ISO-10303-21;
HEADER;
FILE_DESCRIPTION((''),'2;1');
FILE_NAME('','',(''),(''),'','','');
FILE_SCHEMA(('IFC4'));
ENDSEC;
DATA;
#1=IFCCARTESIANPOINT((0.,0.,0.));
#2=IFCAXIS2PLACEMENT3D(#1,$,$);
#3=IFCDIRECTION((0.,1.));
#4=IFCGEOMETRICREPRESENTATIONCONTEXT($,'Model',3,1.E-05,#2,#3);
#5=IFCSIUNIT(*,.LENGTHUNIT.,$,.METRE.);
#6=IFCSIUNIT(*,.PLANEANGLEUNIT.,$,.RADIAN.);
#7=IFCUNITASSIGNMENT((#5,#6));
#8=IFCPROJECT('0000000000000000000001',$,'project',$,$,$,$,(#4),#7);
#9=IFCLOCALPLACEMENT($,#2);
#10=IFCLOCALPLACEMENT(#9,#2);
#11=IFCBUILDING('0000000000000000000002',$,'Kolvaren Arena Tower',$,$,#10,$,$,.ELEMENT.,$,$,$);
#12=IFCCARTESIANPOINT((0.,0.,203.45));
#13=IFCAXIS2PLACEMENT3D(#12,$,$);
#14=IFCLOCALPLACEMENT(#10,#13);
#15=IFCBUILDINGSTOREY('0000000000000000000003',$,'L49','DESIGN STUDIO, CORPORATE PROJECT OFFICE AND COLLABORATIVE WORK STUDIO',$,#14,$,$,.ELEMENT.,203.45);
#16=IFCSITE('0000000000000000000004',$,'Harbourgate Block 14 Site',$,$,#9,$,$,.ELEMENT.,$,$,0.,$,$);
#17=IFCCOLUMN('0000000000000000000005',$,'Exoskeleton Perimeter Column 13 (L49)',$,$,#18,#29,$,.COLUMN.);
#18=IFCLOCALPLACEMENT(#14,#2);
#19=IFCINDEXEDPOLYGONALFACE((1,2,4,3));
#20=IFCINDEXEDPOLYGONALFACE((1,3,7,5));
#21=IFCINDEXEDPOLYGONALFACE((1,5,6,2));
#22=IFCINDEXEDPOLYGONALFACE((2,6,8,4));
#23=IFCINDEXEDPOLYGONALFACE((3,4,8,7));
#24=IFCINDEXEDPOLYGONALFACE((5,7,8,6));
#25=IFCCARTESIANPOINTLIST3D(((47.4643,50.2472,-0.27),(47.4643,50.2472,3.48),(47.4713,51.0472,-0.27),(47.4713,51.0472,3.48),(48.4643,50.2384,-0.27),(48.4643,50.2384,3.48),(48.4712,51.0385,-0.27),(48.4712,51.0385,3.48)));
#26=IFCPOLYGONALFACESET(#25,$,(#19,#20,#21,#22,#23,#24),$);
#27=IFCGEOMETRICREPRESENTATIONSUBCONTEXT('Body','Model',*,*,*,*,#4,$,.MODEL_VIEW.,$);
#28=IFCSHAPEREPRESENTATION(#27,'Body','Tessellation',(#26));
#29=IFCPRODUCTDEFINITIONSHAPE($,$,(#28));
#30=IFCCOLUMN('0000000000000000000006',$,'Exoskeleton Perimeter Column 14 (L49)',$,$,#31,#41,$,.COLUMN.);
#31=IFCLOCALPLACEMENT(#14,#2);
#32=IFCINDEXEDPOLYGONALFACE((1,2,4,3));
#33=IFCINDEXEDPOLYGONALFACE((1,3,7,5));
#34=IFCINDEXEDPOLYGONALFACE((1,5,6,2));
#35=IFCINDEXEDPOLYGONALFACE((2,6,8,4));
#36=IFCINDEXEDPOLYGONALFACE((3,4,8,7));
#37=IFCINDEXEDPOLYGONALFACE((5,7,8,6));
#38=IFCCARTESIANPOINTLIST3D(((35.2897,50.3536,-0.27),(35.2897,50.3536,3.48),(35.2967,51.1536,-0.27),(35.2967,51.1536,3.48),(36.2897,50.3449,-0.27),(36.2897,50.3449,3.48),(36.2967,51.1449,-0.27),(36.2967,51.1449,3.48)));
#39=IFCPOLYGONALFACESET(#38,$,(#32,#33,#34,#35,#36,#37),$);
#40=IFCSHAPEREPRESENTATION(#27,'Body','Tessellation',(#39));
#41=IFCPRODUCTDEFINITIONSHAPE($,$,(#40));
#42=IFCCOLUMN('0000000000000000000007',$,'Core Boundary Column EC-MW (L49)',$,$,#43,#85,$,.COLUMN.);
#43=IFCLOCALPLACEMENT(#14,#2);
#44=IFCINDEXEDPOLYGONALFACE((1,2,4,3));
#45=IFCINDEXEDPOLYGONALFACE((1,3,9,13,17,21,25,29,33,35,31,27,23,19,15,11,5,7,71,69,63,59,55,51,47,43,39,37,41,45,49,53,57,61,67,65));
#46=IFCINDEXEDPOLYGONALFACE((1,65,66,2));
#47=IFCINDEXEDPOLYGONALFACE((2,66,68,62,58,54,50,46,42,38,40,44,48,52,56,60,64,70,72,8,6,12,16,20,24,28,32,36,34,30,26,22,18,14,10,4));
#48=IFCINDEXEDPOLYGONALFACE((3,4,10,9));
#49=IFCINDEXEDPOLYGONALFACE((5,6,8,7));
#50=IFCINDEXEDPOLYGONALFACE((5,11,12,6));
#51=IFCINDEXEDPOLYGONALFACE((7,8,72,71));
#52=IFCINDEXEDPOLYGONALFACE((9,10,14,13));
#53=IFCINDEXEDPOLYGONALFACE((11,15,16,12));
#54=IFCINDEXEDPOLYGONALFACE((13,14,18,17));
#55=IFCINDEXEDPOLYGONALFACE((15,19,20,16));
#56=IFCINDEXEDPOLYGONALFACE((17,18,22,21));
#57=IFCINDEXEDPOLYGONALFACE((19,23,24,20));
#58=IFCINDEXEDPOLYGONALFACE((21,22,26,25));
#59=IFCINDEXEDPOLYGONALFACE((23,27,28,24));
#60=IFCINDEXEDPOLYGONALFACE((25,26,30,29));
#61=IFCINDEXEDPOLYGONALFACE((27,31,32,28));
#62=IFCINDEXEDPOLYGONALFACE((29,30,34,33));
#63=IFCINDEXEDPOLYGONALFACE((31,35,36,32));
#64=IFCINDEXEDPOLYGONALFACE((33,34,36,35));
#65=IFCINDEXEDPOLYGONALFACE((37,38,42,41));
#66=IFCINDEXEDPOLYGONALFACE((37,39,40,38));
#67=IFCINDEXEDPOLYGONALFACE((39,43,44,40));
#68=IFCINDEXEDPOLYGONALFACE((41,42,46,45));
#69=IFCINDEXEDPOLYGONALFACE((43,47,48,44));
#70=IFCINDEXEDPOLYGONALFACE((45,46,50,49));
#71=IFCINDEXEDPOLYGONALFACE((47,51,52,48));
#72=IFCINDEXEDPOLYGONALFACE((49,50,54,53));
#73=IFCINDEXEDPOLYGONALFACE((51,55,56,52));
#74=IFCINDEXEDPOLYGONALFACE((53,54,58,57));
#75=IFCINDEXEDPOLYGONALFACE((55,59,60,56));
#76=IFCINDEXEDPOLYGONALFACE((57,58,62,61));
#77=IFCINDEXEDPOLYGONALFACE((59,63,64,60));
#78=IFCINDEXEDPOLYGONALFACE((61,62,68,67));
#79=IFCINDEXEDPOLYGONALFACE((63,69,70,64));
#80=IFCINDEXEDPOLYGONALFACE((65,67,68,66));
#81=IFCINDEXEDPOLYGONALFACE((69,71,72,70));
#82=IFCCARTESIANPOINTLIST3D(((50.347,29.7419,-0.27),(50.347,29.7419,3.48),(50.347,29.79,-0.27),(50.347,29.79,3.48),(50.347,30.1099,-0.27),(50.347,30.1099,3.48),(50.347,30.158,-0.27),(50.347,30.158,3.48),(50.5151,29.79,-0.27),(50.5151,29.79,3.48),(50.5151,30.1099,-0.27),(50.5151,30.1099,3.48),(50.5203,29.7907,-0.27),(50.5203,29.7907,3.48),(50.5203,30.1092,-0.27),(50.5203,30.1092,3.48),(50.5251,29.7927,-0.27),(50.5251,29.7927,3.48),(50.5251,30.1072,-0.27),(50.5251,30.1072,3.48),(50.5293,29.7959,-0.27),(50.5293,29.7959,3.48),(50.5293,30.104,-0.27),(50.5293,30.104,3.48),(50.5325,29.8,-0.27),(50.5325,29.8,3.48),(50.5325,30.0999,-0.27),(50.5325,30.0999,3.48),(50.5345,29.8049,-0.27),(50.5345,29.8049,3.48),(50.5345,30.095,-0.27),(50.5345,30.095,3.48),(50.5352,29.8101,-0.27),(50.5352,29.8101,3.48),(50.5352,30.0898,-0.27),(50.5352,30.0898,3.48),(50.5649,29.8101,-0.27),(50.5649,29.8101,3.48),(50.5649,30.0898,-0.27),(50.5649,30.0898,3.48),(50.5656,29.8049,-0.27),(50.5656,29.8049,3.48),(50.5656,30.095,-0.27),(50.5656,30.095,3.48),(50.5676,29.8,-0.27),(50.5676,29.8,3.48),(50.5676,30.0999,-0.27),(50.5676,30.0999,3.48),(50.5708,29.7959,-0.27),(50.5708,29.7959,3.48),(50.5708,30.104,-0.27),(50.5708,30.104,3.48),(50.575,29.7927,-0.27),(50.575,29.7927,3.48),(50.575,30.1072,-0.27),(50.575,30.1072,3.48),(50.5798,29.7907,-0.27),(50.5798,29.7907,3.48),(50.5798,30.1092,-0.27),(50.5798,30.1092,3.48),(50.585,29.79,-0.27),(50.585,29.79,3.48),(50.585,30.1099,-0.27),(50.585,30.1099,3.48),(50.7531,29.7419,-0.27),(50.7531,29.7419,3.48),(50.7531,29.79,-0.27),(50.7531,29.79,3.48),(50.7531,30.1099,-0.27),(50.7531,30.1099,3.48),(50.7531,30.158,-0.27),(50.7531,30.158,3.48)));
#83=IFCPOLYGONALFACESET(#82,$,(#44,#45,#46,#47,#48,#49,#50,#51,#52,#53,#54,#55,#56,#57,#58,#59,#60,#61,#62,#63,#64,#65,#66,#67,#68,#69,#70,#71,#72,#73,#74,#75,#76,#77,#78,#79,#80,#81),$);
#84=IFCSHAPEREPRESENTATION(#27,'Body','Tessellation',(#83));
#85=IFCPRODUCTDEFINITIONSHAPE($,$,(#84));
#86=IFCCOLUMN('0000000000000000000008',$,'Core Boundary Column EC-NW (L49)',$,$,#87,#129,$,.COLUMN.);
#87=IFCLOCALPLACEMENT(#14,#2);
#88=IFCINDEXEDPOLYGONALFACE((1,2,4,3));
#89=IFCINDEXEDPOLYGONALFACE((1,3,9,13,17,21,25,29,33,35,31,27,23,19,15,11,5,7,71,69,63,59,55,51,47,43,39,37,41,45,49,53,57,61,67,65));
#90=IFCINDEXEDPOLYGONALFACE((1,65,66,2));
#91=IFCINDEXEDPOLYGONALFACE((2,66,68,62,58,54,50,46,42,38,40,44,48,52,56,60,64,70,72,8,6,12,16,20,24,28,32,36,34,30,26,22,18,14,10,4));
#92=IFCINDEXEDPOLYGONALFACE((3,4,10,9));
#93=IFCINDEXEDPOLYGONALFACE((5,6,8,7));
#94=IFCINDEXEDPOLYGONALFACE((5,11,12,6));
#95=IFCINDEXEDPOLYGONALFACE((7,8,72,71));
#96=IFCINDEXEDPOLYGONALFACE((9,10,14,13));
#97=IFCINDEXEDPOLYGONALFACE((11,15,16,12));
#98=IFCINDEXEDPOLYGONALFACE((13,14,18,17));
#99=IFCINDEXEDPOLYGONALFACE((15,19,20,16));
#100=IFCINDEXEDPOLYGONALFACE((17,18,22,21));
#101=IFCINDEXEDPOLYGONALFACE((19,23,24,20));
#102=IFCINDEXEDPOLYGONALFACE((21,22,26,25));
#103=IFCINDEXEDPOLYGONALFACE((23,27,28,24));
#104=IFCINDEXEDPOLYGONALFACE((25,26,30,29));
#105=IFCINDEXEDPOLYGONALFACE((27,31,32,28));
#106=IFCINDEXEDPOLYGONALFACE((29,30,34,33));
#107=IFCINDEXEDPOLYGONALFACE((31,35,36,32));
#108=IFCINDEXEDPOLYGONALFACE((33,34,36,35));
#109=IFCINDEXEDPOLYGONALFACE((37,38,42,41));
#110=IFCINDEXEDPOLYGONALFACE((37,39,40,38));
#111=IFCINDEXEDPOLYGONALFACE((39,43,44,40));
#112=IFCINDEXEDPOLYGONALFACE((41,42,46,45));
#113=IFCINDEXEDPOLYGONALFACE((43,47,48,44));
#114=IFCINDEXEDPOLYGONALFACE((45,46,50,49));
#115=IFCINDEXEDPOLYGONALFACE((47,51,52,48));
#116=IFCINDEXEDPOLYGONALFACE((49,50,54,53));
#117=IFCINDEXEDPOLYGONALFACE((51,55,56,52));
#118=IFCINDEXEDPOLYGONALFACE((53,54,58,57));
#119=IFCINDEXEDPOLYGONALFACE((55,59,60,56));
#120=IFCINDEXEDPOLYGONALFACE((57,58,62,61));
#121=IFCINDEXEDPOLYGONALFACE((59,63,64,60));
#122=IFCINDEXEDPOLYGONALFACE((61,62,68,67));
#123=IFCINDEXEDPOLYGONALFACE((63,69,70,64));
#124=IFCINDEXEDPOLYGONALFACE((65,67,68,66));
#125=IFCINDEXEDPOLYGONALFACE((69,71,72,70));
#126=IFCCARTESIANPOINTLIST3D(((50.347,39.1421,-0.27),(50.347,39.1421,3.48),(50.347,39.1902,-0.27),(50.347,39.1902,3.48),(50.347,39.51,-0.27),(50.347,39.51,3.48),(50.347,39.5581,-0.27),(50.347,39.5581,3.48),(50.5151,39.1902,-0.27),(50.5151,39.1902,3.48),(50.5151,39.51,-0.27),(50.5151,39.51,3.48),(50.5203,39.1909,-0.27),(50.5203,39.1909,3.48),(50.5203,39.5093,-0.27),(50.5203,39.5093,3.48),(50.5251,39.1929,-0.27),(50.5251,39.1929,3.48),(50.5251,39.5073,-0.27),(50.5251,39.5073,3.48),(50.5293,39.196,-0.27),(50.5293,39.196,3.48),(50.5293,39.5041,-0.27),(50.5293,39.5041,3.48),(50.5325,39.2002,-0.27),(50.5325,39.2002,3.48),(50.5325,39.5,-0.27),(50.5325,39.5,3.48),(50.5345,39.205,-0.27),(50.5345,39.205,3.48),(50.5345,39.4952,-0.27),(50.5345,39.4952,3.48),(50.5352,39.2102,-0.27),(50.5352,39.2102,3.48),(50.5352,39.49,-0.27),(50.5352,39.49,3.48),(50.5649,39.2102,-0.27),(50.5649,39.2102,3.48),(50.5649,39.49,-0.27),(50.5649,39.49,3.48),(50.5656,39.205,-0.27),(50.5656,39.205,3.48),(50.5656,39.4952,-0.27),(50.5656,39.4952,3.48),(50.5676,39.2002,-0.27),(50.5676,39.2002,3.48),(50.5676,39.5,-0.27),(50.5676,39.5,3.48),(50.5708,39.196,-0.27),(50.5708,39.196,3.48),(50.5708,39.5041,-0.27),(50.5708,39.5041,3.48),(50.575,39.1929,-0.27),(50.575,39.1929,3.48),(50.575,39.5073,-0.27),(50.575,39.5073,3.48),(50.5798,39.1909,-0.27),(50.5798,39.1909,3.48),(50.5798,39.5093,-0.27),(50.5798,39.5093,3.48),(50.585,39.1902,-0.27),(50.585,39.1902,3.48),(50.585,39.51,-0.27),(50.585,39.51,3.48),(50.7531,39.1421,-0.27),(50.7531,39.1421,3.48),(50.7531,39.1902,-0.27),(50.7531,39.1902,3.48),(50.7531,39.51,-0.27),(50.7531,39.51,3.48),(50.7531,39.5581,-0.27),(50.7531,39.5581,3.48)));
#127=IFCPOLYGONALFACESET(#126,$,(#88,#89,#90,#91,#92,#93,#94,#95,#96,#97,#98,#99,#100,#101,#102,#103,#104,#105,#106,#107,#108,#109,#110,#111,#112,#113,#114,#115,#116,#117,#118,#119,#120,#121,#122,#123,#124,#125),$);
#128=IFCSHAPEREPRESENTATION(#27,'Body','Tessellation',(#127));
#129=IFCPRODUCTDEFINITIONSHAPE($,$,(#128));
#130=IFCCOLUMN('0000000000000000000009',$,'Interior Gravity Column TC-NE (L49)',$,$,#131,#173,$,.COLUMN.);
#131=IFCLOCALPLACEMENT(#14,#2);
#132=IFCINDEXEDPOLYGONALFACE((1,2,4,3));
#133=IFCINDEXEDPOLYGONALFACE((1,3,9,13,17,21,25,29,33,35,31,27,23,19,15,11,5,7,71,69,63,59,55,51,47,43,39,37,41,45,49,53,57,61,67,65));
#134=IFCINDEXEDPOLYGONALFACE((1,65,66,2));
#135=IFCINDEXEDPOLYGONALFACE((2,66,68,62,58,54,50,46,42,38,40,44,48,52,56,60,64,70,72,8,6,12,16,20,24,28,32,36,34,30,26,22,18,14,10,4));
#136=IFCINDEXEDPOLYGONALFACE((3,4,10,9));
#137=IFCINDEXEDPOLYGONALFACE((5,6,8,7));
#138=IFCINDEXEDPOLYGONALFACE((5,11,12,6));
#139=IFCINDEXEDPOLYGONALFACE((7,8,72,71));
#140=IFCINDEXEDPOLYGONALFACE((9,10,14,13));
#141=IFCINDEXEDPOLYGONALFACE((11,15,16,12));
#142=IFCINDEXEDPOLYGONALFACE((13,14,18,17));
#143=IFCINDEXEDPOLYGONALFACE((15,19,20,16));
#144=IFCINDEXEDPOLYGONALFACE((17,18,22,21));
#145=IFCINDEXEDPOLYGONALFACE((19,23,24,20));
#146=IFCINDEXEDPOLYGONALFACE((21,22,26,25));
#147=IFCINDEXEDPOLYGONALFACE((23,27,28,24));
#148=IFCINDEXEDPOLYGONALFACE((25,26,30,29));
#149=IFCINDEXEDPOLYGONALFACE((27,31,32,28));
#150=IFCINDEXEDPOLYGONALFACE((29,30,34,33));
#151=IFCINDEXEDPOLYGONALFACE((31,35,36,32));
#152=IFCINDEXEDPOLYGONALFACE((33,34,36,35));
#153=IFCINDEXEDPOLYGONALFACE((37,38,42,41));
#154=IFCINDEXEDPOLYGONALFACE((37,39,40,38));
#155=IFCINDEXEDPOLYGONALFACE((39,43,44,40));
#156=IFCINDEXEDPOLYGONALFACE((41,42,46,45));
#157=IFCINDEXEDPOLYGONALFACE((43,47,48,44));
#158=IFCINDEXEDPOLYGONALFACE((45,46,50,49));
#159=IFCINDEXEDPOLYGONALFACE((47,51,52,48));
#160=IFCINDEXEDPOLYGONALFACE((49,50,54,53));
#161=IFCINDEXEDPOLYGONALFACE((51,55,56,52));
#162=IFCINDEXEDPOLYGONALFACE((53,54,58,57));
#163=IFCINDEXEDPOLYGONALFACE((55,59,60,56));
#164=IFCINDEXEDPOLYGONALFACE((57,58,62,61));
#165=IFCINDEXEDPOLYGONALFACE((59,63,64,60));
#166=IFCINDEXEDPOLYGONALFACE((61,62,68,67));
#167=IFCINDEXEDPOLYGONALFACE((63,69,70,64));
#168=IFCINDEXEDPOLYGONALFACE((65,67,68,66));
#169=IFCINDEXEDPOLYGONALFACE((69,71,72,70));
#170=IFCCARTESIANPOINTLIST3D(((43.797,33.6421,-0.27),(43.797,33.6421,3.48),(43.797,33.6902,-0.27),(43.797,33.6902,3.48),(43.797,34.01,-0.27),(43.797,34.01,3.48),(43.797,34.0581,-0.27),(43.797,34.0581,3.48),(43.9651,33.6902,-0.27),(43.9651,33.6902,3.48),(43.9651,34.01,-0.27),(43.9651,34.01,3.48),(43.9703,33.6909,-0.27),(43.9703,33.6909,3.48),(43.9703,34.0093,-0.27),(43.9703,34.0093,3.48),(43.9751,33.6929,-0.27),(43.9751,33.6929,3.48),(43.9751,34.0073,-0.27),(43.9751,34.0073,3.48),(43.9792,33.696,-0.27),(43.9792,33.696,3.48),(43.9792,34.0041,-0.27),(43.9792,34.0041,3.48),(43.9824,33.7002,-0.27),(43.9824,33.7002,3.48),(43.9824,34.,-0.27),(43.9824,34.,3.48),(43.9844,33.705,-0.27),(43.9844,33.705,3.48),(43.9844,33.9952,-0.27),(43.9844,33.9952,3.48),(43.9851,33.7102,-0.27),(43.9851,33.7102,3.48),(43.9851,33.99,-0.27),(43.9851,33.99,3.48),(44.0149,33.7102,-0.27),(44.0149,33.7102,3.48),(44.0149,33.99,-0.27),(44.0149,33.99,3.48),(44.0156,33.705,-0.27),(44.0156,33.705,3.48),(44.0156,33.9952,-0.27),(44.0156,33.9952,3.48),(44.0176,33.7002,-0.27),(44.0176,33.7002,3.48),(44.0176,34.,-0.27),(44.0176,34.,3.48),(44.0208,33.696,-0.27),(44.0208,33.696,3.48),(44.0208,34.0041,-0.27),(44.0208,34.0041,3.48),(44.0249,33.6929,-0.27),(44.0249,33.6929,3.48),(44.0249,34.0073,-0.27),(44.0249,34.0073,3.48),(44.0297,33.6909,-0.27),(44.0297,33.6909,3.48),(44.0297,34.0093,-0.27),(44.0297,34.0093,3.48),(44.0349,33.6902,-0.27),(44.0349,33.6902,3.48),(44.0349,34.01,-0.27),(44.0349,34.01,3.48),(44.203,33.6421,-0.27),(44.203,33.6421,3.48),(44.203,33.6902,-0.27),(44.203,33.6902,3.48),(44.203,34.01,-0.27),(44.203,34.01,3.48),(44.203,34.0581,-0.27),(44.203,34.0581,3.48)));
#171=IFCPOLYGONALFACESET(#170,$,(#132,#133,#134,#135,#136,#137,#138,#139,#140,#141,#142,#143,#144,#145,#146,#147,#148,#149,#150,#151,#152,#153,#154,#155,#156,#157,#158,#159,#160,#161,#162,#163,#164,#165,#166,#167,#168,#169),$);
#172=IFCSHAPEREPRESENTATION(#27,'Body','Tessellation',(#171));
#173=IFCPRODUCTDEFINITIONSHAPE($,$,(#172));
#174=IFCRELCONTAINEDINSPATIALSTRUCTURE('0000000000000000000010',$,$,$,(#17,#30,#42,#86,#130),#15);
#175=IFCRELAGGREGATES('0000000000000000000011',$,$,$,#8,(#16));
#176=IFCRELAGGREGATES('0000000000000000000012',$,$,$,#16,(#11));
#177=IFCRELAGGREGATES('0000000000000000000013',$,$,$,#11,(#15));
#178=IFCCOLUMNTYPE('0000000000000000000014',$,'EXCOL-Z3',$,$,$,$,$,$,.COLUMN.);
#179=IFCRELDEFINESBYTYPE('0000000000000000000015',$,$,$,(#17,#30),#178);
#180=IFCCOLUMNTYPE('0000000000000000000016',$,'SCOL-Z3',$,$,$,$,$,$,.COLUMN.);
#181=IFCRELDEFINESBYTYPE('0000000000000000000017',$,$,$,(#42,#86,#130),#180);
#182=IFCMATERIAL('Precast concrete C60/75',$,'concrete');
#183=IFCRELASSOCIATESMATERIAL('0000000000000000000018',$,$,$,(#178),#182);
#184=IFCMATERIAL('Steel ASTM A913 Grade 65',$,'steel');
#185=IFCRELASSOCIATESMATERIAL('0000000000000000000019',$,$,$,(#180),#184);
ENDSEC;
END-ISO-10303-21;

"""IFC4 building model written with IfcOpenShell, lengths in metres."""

from ifc_helpers import new_model, si_unit, direction, frame, origin, origin_2d, place, context, subcontext, project, spatial, rectangle, i_section, extrude, material, material_profile, profile_set, type_object, element, save


model = new_model("IFC4")

# Units and contexts
model_context = context("Model", 3, precision=1e-05, world=origin(), true_north=direction((0.0, 1.0)))
body_context = subcontext(model_context, "Body", "Model", "MODEL_VIEW")
ifc_project = project(units=[si_unit("LENGTHUNIT", "METRE"), si_unit("PLANEANGLEUNIT", "RADIAN")], contexts=[model_context])

# Site, building, storey
site_placement = place(None, origin())
site = spatial("IfcSite", under=ifc_project, at=site_placement, Name="Harbourgate Block 14 Site", CompositionType="ELEMENT", RefElevation=0.0)
building_placement = place(site_placement, origin())
building = spatial("IfcBuilding", under=site, at=building_placement, Name="Kolvaren Arena Tower", CompositionType="ELEMENT")
storey_placement = place(building_placement, frame((0.0, 0.0, 203.45)))
storey = spatial("IfcBuildingStorey", under=building, at=storey_placement, Name="L49", Description="DESIGN STUDIO, CORPORATE PROJECT OFFICE AND COLLABORATIVE WORK STUDIO", CompositionType="ELEMENT", Elevation=203.45)

# Columns
ifc_material_1 = material(Name="Precast concrete C60/75", Category="concrete")
ifc_material_profile_1 = material_profile(ifc_material_1, rectangle(XDim=1.0, YDim=0.8, at=origin_2d()), Name="RC-1000x800")
ifc_profile_set_1 = profile_set([ifc_material_profile_1], Name="Precast concrete C60/75")
column_type_1 = type_object("IfcColumnType", Name="EXCOL-Z3", PredefinedType="COLUMN", material=ifc_profile_set_1)
for number, where, z_axis, x_axis, name in (
    (1, (47.9678, 50.6428, -0.27), (0.0, 0.0, 1.0), (0.999962, -0.008727, 0.0), "Exoskeleton Perimeter Column 13 (L49)"),
    (2, (35.7932, 50.7493, -0.27), (0.0, 0.0, 1.0), (0.999962, -0.008727, 0.0), "Exoskeleton Perimeter Column 14 (L49)"),
):
    element("IfcColumn", number, at=place(storey_placement, frame(where, z_axis=z_axis, x_axis=x_axis)), inside=storey, type_object=column_type_1, Name=name, PredefinedType="COLUMN", context=body_context, shape_type="SweptSolid", body=[
        extrude(rectangle(XDim=1.0, YDim=0.8, at=origin_2d()), origin(), (0.0, 0.0, 1.0), 3.75),
    ])
ifc_material_2 = material(Name="Steel ASTM A913 Grade 65", Category="steel")
ifc_material_profile_2 = material_profile(ifc_material_2, i_section(OverallWidth=0.406, OverallDepth=0.416, WebThickness=0.0298, FlangeThickness=0.0481, FilletRadius=0.02, at=origin_2d()), Name="W360x382")
ifc_profile_set_2 = profile_set([ifc_material_profile_2], Name="Steel ASTM A913 Grade 65")
column_type_2 = type_object("IfcColumnType", Name="SCOL-Z3", PredefinedType="COLUMN", material=ifc_profile_set_2)
for number, where, z_axis, x_axis, name in (
    (3, (50.55, 29.95, -0.27), (0.0, 0.0, 1.0), (1.0, 0.0, 0.0), "Core Boundary Column EC-MW (L49)"),
    (4, (50.55, 39.3501, -0.27), (0.0, 0.0, 1.0), (1.0, 0.0, 0.0), "Core Boundary Column EC-NW (L49)"),
    (5, (44.0, 33.8501, -0.27), (0.0, 0.0, 1.0), (1.0, 0.0, 0.0), "Interior Gravity Column TC-NE (L49)"),
):
    element("IfcColumn", number, at=place(storey_placement, frame(where, z_axis=z_axis, x_axis=x_axis)), inside=storey, type_object=column_type_2, Name=name, PredefinedType="COLUMN", context=body_context, shape_type="SweptSolid", body=[
        extrude(i_section(OverallWidth=0.406, OverallDepth=0.416, WebThickness=0.0298, FlangeThickness=0.0481, FilletRadius=0.02, at=origin_2d()), origin(), (0.0, 0.0, 1.0), 3.75),
    ])

save(model, "model.ifc")
